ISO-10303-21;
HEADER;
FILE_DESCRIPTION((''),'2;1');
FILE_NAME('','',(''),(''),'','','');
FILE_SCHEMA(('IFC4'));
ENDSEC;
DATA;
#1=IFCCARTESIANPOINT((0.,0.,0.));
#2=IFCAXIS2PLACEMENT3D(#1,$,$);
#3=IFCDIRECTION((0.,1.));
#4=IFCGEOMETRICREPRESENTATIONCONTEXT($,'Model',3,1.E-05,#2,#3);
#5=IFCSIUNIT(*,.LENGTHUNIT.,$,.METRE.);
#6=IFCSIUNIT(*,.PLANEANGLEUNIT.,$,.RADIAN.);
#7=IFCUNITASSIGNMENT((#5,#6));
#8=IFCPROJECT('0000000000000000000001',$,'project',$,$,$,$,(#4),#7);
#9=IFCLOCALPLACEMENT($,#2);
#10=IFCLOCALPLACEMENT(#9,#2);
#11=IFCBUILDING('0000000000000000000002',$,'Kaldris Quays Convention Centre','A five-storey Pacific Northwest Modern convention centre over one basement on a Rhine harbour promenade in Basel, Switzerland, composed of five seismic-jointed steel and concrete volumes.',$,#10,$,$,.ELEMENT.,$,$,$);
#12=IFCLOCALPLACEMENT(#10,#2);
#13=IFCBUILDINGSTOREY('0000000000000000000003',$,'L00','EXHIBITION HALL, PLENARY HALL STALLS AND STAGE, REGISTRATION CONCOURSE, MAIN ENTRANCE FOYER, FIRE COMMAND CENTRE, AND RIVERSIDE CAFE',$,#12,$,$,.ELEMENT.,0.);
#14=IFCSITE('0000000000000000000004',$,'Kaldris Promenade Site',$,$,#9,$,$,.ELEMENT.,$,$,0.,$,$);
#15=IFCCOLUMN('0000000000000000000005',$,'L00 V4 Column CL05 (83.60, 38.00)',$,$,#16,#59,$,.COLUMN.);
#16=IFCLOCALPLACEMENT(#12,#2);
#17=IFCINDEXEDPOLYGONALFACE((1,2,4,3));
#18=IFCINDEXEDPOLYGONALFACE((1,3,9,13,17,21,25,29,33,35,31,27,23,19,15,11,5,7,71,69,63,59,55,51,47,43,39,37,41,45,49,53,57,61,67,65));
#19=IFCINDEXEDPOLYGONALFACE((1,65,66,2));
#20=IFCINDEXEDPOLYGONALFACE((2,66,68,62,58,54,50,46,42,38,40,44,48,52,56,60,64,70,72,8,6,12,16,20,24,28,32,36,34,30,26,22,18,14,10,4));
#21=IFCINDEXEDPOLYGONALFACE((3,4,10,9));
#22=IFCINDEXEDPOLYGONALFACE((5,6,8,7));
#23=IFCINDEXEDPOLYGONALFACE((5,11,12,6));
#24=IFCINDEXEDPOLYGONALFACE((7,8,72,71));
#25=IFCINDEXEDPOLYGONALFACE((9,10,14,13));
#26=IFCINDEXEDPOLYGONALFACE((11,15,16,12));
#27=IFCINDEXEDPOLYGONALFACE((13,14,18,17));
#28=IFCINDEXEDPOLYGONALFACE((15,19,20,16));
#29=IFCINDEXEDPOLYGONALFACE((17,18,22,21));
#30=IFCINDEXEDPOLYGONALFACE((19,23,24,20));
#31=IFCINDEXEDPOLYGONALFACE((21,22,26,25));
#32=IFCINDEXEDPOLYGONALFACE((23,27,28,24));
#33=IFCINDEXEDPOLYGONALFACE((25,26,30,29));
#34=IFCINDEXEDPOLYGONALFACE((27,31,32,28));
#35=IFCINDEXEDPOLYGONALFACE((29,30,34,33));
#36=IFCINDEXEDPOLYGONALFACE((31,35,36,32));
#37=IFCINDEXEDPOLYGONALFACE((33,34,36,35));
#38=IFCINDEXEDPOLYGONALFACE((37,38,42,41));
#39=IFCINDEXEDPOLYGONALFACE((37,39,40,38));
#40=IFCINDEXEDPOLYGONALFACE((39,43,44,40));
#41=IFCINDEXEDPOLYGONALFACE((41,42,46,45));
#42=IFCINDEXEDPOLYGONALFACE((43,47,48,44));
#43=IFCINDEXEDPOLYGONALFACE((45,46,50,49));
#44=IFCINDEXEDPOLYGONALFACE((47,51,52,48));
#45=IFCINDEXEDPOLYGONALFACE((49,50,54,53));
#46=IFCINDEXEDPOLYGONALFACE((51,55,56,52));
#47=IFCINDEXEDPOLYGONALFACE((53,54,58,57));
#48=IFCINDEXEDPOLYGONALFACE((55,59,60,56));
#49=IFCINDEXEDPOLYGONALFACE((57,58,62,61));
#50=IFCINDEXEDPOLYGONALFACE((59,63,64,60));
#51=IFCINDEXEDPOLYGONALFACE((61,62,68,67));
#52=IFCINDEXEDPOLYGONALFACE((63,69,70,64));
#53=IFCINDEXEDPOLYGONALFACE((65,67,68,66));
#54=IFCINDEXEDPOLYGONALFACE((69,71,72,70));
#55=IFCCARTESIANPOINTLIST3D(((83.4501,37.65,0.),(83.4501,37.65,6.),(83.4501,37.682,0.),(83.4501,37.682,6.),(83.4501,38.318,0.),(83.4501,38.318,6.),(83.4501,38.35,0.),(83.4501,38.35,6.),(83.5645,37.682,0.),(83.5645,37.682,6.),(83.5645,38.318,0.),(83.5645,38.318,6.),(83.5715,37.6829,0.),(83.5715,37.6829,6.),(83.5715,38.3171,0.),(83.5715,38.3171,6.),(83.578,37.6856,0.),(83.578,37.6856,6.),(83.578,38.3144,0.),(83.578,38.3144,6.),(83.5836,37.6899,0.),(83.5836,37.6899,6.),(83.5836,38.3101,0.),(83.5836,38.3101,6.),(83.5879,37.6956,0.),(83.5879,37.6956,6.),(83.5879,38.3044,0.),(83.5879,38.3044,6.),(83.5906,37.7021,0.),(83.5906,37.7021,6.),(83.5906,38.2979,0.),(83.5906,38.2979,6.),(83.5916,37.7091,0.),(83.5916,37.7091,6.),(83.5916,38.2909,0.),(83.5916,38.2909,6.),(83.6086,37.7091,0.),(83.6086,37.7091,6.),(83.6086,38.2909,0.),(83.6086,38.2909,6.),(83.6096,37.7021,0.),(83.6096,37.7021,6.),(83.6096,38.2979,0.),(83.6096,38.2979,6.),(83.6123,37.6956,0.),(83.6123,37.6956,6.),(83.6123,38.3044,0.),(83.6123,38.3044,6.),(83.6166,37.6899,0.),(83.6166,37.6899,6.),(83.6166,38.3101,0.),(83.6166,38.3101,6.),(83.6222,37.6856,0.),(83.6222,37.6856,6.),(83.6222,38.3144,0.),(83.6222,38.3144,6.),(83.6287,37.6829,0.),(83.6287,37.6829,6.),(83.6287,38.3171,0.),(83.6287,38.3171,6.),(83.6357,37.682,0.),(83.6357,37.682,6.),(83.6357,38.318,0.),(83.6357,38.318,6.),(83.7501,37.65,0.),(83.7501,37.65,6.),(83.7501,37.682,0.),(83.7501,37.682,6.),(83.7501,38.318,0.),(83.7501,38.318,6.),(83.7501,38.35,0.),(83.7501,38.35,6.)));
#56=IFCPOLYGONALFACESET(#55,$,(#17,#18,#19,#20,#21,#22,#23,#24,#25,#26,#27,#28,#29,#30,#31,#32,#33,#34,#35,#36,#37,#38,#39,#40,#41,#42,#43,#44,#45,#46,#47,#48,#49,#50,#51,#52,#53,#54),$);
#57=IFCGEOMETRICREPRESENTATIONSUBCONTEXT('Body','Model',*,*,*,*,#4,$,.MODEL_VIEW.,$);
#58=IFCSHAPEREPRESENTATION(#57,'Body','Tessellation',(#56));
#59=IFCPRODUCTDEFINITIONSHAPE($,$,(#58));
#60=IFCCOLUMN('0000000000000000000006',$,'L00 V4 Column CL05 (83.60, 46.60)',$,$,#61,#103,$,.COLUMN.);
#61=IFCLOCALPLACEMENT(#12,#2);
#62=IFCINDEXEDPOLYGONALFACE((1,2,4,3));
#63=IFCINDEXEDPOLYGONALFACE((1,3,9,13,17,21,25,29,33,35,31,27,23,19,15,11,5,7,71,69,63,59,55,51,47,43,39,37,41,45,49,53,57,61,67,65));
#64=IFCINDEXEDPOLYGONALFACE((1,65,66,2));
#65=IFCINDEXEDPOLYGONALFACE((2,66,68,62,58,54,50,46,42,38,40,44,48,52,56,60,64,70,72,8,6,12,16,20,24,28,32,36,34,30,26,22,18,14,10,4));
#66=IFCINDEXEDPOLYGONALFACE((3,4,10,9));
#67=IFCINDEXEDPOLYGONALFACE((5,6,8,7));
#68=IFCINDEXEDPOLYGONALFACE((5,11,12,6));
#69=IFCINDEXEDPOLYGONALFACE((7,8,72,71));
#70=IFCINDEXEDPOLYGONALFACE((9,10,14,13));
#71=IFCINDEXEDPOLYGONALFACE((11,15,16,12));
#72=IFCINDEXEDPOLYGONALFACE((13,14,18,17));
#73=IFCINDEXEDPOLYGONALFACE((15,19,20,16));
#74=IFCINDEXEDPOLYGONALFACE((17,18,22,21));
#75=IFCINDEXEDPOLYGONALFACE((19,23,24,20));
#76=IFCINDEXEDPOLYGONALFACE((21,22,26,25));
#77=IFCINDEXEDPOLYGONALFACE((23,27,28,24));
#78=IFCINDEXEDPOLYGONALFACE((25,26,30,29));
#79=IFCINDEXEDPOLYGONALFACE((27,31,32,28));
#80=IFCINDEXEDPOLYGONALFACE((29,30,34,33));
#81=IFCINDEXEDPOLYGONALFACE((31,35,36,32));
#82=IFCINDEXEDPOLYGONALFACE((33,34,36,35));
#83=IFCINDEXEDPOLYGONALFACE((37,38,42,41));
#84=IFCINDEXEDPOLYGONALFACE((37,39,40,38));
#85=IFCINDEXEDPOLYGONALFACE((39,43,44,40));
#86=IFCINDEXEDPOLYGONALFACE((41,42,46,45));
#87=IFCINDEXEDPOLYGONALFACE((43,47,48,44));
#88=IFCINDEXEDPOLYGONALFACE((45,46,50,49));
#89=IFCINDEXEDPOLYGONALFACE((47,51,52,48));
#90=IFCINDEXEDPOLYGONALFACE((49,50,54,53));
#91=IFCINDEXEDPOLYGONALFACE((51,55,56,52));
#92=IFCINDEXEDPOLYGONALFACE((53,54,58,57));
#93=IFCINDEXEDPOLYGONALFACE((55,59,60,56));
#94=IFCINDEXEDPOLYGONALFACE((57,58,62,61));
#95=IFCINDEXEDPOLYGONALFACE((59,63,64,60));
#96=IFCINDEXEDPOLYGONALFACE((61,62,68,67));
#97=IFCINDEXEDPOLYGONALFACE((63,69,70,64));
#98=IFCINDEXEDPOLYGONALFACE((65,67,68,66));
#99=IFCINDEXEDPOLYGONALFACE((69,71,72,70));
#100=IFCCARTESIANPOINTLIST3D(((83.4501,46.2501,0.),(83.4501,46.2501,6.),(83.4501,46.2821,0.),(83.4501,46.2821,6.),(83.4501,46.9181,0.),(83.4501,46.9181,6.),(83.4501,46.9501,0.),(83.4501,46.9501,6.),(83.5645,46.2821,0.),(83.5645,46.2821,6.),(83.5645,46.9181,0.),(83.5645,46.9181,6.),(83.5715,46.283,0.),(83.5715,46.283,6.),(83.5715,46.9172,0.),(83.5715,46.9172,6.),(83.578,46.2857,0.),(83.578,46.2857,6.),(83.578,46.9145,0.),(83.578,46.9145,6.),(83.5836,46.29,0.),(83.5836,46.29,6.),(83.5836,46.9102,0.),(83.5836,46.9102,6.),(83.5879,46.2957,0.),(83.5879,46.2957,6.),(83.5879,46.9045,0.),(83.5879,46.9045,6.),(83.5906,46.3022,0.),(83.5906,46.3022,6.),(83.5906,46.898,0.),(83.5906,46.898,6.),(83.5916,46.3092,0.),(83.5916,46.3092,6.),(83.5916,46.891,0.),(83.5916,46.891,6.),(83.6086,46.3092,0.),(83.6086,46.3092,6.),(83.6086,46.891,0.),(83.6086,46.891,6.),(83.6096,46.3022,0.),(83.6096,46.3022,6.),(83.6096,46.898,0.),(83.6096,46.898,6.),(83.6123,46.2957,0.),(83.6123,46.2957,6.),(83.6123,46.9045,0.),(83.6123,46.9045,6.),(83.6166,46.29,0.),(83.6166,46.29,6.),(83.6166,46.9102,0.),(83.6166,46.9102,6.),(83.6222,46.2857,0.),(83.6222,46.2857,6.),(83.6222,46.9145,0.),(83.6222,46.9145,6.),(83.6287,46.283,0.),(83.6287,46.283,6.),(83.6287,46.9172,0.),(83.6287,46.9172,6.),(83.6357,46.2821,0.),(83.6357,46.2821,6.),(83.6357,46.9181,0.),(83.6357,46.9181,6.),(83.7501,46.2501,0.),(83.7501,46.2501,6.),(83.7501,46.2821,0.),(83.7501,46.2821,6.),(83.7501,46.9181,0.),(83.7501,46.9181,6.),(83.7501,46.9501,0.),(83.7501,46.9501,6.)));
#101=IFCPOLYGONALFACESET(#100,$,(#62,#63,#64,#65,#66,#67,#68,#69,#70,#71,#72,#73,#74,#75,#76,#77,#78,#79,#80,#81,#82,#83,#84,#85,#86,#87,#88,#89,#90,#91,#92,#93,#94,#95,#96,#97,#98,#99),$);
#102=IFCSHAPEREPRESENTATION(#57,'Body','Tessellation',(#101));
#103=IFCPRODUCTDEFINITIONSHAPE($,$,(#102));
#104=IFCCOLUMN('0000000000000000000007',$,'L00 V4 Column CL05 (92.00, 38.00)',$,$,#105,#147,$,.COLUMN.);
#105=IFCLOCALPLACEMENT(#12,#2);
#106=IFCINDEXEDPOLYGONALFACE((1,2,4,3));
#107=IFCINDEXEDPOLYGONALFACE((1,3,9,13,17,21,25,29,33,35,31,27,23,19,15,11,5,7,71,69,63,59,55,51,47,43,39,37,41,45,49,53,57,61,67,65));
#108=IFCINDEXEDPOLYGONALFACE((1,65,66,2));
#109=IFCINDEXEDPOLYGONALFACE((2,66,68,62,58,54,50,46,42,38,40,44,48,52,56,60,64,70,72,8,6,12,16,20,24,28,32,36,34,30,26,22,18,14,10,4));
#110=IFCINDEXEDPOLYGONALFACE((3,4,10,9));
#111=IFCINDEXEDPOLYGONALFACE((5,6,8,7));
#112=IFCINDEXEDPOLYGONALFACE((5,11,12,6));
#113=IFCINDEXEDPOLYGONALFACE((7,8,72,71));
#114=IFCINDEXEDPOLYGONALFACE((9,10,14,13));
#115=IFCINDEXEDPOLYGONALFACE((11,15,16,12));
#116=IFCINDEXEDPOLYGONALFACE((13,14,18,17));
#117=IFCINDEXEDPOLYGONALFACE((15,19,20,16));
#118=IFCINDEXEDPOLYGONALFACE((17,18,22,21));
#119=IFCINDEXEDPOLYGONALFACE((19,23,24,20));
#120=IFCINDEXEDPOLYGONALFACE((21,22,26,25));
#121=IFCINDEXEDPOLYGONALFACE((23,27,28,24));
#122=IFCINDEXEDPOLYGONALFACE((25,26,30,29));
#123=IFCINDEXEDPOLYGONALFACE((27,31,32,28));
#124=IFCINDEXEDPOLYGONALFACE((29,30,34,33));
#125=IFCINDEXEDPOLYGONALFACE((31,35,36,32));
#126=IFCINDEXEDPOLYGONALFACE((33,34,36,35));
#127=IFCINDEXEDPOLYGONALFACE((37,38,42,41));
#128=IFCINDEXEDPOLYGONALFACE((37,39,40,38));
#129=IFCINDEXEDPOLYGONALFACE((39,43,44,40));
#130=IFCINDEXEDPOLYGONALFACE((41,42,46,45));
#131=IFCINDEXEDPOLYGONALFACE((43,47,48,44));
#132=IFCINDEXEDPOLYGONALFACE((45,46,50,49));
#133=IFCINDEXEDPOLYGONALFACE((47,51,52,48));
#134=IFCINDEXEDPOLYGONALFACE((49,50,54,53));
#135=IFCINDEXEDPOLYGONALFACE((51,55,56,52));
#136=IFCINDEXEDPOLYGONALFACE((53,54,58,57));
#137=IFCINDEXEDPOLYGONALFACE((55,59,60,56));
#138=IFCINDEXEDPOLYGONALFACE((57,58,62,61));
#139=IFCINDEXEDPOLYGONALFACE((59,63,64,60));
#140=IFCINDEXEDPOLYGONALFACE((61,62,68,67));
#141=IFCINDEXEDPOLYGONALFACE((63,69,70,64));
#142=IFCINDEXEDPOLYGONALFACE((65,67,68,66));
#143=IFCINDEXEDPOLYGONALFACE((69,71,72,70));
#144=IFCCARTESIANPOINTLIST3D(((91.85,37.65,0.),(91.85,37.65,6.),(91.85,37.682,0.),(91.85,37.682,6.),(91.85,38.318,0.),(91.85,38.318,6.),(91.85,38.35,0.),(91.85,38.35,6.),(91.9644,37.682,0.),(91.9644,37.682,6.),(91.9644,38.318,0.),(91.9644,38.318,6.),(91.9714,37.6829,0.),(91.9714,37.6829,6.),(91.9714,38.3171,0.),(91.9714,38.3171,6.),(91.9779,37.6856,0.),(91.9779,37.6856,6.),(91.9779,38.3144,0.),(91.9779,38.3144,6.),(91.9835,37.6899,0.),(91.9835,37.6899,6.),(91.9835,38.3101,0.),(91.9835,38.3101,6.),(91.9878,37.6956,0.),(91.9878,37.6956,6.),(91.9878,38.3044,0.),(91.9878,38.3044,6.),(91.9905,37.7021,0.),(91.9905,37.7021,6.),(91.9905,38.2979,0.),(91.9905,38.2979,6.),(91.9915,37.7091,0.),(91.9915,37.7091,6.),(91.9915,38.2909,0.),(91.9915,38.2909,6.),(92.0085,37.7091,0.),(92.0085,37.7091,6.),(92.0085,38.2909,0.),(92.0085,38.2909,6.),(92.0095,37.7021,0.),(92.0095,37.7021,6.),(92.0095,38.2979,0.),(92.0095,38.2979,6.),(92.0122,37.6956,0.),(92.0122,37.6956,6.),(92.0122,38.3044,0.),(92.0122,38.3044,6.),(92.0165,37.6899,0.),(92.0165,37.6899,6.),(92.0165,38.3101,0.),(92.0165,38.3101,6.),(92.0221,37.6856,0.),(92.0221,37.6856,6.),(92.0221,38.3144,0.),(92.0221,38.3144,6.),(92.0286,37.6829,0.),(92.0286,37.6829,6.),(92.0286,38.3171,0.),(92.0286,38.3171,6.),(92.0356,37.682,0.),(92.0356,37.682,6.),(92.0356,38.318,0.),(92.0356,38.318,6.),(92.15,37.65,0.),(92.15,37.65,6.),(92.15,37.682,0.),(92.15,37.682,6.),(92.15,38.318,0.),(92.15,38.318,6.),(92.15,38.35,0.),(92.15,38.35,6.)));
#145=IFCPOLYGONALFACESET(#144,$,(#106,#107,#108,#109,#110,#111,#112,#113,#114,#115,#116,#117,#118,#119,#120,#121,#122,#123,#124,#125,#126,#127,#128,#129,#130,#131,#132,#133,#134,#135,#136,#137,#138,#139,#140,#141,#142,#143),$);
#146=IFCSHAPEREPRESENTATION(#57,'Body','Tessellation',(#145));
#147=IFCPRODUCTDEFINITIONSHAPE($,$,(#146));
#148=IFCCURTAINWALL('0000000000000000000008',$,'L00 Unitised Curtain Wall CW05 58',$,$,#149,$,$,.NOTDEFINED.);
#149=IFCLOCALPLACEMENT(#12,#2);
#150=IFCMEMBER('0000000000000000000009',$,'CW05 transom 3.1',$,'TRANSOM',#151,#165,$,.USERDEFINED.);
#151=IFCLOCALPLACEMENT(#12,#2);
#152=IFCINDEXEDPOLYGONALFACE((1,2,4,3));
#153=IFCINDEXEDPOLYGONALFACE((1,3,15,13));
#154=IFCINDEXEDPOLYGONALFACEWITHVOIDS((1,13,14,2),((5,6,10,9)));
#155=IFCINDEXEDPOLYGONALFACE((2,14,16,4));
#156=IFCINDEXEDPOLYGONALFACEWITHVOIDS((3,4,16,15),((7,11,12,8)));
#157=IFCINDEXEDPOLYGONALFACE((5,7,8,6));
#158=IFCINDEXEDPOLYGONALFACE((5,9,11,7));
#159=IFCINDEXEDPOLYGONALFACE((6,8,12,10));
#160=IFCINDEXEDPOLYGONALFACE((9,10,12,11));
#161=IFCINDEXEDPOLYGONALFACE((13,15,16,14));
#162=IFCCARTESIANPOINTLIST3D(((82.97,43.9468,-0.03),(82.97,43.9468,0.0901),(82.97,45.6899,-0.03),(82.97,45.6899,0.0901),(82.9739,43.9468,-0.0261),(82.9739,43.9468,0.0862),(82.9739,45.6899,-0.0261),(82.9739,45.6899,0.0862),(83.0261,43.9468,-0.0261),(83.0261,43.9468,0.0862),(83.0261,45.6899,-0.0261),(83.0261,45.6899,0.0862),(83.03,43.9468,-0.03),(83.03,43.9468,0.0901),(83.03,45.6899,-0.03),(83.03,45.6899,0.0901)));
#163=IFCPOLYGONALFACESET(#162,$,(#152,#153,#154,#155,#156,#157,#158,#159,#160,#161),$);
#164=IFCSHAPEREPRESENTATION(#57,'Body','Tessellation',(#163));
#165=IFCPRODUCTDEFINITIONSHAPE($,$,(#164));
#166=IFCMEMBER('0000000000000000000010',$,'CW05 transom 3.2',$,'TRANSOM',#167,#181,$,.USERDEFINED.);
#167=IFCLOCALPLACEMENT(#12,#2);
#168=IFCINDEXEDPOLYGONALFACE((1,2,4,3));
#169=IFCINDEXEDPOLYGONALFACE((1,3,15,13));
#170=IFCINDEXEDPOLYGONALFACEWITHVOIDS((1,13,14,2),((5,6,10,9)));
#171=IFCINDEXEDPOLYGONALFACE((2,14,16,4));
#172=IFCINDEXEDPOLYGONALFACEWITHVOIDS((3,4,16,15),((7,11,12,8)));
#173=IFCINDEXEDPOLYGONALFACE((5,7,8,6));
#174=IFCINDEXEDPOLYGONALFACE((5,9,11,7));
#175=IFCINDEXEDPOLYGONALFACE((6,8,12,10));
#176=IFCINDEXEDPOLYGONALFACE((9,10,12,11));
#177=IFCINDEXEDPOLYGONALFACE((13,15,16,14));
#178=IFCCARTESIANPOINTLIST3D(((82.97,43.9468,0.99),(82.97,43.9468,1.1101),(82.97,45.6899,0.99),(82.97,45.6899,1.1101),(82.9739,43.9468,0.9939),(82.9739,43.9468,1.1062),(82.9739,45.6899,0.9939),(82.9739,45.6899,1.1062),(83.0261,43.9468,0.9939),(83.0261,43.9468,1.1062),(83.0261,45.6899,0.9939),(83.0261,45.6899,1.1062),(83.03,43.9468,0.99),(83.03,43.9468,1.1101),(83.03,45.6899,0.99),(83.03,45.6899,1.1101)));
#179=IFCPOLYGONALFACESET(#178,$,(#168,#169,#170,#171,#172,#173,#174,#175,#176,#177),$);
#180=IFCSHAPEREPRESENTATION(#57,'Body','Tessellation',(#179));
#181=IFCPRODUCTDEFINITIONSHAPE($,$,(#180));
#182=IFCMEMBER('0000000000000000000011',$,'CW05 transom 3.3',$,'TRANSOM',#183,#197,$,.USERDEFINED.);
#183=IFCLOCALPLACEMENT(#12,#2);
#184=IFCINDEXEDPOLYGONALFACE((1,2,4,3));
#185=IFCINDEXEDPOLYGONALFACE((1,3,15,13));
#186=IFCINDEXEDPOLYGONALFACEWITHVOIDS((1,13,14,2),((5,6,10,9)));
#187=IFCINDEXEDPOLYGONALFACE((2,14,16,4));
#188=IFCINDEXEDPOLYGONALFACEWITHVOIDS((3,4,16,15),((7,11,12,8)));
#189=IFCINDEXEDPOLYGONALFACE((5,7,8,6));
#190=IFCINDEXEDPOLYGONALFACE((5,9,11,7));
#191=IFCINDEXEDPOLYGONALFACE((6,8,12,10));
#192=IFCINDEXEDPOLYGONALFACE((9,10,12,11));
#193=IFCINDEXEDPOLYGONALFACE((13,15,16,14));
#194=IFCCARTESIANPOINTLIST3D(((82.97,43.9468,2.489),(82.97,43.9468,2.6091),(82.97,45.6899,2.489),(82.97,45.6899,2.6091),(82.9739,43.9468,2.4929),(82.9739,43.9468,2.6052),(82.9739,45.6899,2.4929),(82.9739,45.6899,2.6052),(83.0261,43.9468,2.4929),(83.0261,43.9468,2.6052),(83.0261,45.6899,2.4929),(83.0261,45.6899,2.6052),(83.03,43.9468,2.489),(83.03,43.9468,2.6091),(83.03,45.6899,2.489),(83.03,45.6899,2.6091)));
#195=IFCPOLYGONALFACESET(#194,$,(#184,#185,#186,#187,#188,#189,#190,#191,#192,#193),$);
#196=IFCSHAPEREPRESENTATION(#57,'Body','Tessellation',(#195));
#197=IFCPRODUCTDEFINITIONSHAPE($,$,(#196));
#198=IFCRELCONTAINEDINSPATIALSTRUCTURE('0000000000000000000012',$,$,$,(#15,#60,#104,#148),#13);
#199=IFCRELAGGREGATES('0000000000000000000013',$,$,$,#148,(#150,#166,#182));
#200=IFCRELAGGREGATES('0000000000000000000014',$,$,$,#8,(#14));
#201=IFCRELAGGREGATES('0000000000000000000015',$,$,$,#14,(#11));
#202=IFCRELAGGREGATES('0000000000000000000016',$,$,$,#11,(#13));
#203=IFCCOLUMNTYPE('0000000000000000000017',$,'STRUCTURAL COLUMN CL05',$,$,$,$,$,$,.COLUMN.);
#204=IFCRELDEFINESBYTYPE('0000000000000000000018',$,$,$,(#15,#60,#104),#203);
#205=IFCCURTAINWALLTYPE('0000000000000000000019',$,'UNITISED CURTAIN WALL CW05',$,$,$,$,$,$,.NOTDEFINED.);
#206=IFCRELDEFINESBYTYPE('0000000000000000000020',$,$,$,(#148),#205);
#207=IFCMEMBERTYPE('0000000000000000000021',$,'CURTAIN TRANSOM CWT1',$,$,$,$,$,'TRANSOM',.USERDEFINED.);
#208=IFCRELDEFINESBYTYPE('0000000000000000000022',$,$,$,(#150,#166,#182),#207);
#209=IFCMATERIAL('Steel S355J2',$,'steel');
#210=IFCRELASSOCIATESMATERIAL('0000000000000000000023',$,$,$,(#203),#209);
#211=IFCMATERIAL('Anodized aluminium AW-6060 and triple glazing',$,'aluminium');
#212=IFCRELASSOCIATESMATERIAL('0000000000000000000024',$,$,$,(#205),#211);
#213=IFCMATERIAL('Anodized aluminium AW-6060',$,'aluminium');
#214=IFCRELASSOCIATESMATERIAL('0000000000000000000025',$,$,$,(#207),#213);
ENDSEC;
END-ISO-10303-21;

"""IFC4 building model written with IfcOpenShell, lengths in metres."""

from ifc_helpers import new_model, si_unit, direction, frame, origin, origin_2d, place, context, subcontext, project, spatial, hollow_rectangle, i_section, extrude, material, material_profile, profile_set, type_object, element, aggregate, save


model = new_model("IFC4")

# Units and contexts
model_context = context("Model", 3, precision=1e-05, world=origin(), true_north=direction((0.0, 1.0)))
body_context = subcontext(model_context, "Body", "Model", "MODEL_VIEW")
ifc_project = project(units=[si_unit("LENGTHUNIT", "METRE"), si_unit("PLANEANGLEUNIT", "RADIAN")], contexts=[model_context])

# Site, building, storey
site_placement = place(None, origin())
site = spatial("IfcSite", under=ifc_project, at=site_placement, Name="Kaldris Promenade Site", CompositionType="ELEMENT", RefElevation=0.0)
building_placement = place(site_placement, origin())
building = spatial("IfcBuilding", under=site, at=building_placement, Name="Kaldris Quays Convention Centre", Description="A five-storey Pacific Northwest Modern convention centre over one basement on a Rhine harbour promenade in Basel, Switzerland, composed of five seismic-jointed steel and concrete volumes.", CompositionType="ELEMENT")
storey_placement = place(building_placement, origin())
storey = spatial("IfcBuildingStorey", under=building, at=storey_placement, Name="L00", Description="EXHIBITION HALL, PLENARY HALL STALLS AND STAGE, REGISTRATION CONCOURSE, MAIN ENTRANCE FOYER, FIRE COMMAND CENTRE, AND RIVERSIDE CAFE", CompositionType="ELEMENT", Elevation=0.0)

# Columns
ifc_material_1 = material(Name="Steel S355J2", Category="steel")
ifc_material_profile_1 = material_profile(ifc_material_1, i_section(OverallWidth=0.3, OverallDepth=0.7, WebThickness=0.0171, FlangeThickness=0.032, FilletRadius=0.0271, at=origin_2d()), Name="HEB 700")
ifc_profile_set_1 = profile_set([ifc_material_profile_1], Name="Steel S355J2")
column_type = type_object("IfcColumnType", Name="STRUCTURAL COLUMN CL05", PredefinedType="COLUMN", material=ifc_profile_set_1)
for number, where, z_axis, x_axis, name in (
    (1, (83.6001, 38.0, 0.0), (0.0, 0.0, 1.0), (1.0, 0.0, 0.0), "L00 V4 Column CL05 (83.60, 38.00)"),
    (2, (83.6001, 46.6001, 0.0), (0.0, 0.0, 1.0), (1.0, 0.0, 0.0), "L00 V4 Column CL05 (83.60, 46.60)"),
    (3, (92.0, 38.0, 0.0), (0.0, 0.0, 1.0), (1.0, 0.0, 0.0), "L00 V4 Column CL05 (92.00, 38.00)"),
):
    element("IfcColumn", number, at=place(storey_placement, frame(where, z_axis=z_axis, x_axis=x_axis)), inside=storey, type_object=column_type, Name=name, PredefinedType="COLUMN", context=body_context, shape_type="SweptSolid", body=[
        extrude(i_section(OverallWidth=0.3, OverallDepth=0.7, WebThickness=0.0171, FlangeThickness=0.032, FilletRadius=0.0271, at=origin_2d()), origin(), (0.0, 0.0, 1.0), 6.0),
    ])

# Curtain wall, members
ifc_material_2 = material(Name="Anodized aluminium AW-6060 and triple glazing", Category="aluminium")
curtain_wall_type = type_object("IfcCurtainWallType", Name="UNITISED CURTAIN WALL CW05", PredefinedType="NOTDEFINED", material=ifc_material_2)
curtain_wall_placement = place(storey_placement, origin())
curtain_wall = element("IfcCurtainWall", 4, at=curtain_wall_placement, inside=storey, type_object=curtain_wall_type, Name="L00 Unitised Curtain Wall CW05 58", PredefinedType="NOTDEFINED")
ifc_material_3 = material(Name="Anodized aluminium AW-6060", Category="aluminium")
ifc_material_profile_2 = material_profile(ifc_material_3, hollow_rectangle(XDim=0.0601, YDim=0.1201, WallThickness=0.0039, at=origin_2d()), Name="RHS 120x60x4")
ifc_profile_set_2 = profile_set([ifc_material_profile_2], Name="Anodized aluminium AW-6060")
member_type = type_object("IfcMemberType", Name="CURTAIN TRANSOM CWT1", ElementType="TRANSOM", PredefinedType="USERDEFINED", material=ifc_profile_set_2)
member_1_placement = place(storey_placement, frame((83.0, 43.9468, 0.03), z_axis=(0.0, 1.0, 0.0), x_axis=(-1.0, 0.0, 0.0)))
member_1 = element("IfcMember", 5, at=member_1_placement, type_object=member_type, Name="CW05 transom 3.1", ObjectType="TRANSOM", PredefinedType="USERDEFINED", context=body_context, shape_type="SweptSolid", body=[
    extrude(hollow_rectangle(XDim=0.0601, YDim=0.1201, WallThickness=0.0039, at=origin_2d()), origin(), (0.0, 0.0, 1.0), 1.7432),
])
member_2_placement = place(storey_placement, frame((83.0, 43.9468, 1.05), z_axis=(0.0, 1.0, 0.0), x_axis=(-1.0, 0.0, 0.0)))
member_2 = element("IfcMember", 6, at=member_2_placement, type_object=member_type, Name="CW05 transom 3.2", ObjectType="TRANSOM", PredefinedType="USERDEFINED", context=body_context, shape_type="SweptSolid", body=[
    extrude(hollow_rectangle(XDim=0.0601, YDim=0.1201, WallThickness=0.0039, at=origin_2d()), origin(), (0.0, 0.0, 1.0), 1.7432),
])
member_3_placement = place(storey_placement, frame((83.0, 43.9468, 2.5491), z_axis=(0.0, 1.0, 0.0), x_axis=(-1.0, 0.0, 0.0)))
member_3 = element("IfcMember", 7, at=member_3_placement, type_object=member_type, Name="CW05 transom 3.3", ObjectType="TRANSOM", PredefinedType="USERDEFINED", context=body_context, shape_type="SweptSolid", body=[
    extrude(hollow_rectangle(XDim=0.0601, YDim=0.1201, WallThickness=0.0039, at=origin_2d()), origin(), (0.0, 0.0, 1.0), 1.7432),
])

aggregate(curtain_wall, [member_1, member_2, member_3])

save(model, "model.ifc")
